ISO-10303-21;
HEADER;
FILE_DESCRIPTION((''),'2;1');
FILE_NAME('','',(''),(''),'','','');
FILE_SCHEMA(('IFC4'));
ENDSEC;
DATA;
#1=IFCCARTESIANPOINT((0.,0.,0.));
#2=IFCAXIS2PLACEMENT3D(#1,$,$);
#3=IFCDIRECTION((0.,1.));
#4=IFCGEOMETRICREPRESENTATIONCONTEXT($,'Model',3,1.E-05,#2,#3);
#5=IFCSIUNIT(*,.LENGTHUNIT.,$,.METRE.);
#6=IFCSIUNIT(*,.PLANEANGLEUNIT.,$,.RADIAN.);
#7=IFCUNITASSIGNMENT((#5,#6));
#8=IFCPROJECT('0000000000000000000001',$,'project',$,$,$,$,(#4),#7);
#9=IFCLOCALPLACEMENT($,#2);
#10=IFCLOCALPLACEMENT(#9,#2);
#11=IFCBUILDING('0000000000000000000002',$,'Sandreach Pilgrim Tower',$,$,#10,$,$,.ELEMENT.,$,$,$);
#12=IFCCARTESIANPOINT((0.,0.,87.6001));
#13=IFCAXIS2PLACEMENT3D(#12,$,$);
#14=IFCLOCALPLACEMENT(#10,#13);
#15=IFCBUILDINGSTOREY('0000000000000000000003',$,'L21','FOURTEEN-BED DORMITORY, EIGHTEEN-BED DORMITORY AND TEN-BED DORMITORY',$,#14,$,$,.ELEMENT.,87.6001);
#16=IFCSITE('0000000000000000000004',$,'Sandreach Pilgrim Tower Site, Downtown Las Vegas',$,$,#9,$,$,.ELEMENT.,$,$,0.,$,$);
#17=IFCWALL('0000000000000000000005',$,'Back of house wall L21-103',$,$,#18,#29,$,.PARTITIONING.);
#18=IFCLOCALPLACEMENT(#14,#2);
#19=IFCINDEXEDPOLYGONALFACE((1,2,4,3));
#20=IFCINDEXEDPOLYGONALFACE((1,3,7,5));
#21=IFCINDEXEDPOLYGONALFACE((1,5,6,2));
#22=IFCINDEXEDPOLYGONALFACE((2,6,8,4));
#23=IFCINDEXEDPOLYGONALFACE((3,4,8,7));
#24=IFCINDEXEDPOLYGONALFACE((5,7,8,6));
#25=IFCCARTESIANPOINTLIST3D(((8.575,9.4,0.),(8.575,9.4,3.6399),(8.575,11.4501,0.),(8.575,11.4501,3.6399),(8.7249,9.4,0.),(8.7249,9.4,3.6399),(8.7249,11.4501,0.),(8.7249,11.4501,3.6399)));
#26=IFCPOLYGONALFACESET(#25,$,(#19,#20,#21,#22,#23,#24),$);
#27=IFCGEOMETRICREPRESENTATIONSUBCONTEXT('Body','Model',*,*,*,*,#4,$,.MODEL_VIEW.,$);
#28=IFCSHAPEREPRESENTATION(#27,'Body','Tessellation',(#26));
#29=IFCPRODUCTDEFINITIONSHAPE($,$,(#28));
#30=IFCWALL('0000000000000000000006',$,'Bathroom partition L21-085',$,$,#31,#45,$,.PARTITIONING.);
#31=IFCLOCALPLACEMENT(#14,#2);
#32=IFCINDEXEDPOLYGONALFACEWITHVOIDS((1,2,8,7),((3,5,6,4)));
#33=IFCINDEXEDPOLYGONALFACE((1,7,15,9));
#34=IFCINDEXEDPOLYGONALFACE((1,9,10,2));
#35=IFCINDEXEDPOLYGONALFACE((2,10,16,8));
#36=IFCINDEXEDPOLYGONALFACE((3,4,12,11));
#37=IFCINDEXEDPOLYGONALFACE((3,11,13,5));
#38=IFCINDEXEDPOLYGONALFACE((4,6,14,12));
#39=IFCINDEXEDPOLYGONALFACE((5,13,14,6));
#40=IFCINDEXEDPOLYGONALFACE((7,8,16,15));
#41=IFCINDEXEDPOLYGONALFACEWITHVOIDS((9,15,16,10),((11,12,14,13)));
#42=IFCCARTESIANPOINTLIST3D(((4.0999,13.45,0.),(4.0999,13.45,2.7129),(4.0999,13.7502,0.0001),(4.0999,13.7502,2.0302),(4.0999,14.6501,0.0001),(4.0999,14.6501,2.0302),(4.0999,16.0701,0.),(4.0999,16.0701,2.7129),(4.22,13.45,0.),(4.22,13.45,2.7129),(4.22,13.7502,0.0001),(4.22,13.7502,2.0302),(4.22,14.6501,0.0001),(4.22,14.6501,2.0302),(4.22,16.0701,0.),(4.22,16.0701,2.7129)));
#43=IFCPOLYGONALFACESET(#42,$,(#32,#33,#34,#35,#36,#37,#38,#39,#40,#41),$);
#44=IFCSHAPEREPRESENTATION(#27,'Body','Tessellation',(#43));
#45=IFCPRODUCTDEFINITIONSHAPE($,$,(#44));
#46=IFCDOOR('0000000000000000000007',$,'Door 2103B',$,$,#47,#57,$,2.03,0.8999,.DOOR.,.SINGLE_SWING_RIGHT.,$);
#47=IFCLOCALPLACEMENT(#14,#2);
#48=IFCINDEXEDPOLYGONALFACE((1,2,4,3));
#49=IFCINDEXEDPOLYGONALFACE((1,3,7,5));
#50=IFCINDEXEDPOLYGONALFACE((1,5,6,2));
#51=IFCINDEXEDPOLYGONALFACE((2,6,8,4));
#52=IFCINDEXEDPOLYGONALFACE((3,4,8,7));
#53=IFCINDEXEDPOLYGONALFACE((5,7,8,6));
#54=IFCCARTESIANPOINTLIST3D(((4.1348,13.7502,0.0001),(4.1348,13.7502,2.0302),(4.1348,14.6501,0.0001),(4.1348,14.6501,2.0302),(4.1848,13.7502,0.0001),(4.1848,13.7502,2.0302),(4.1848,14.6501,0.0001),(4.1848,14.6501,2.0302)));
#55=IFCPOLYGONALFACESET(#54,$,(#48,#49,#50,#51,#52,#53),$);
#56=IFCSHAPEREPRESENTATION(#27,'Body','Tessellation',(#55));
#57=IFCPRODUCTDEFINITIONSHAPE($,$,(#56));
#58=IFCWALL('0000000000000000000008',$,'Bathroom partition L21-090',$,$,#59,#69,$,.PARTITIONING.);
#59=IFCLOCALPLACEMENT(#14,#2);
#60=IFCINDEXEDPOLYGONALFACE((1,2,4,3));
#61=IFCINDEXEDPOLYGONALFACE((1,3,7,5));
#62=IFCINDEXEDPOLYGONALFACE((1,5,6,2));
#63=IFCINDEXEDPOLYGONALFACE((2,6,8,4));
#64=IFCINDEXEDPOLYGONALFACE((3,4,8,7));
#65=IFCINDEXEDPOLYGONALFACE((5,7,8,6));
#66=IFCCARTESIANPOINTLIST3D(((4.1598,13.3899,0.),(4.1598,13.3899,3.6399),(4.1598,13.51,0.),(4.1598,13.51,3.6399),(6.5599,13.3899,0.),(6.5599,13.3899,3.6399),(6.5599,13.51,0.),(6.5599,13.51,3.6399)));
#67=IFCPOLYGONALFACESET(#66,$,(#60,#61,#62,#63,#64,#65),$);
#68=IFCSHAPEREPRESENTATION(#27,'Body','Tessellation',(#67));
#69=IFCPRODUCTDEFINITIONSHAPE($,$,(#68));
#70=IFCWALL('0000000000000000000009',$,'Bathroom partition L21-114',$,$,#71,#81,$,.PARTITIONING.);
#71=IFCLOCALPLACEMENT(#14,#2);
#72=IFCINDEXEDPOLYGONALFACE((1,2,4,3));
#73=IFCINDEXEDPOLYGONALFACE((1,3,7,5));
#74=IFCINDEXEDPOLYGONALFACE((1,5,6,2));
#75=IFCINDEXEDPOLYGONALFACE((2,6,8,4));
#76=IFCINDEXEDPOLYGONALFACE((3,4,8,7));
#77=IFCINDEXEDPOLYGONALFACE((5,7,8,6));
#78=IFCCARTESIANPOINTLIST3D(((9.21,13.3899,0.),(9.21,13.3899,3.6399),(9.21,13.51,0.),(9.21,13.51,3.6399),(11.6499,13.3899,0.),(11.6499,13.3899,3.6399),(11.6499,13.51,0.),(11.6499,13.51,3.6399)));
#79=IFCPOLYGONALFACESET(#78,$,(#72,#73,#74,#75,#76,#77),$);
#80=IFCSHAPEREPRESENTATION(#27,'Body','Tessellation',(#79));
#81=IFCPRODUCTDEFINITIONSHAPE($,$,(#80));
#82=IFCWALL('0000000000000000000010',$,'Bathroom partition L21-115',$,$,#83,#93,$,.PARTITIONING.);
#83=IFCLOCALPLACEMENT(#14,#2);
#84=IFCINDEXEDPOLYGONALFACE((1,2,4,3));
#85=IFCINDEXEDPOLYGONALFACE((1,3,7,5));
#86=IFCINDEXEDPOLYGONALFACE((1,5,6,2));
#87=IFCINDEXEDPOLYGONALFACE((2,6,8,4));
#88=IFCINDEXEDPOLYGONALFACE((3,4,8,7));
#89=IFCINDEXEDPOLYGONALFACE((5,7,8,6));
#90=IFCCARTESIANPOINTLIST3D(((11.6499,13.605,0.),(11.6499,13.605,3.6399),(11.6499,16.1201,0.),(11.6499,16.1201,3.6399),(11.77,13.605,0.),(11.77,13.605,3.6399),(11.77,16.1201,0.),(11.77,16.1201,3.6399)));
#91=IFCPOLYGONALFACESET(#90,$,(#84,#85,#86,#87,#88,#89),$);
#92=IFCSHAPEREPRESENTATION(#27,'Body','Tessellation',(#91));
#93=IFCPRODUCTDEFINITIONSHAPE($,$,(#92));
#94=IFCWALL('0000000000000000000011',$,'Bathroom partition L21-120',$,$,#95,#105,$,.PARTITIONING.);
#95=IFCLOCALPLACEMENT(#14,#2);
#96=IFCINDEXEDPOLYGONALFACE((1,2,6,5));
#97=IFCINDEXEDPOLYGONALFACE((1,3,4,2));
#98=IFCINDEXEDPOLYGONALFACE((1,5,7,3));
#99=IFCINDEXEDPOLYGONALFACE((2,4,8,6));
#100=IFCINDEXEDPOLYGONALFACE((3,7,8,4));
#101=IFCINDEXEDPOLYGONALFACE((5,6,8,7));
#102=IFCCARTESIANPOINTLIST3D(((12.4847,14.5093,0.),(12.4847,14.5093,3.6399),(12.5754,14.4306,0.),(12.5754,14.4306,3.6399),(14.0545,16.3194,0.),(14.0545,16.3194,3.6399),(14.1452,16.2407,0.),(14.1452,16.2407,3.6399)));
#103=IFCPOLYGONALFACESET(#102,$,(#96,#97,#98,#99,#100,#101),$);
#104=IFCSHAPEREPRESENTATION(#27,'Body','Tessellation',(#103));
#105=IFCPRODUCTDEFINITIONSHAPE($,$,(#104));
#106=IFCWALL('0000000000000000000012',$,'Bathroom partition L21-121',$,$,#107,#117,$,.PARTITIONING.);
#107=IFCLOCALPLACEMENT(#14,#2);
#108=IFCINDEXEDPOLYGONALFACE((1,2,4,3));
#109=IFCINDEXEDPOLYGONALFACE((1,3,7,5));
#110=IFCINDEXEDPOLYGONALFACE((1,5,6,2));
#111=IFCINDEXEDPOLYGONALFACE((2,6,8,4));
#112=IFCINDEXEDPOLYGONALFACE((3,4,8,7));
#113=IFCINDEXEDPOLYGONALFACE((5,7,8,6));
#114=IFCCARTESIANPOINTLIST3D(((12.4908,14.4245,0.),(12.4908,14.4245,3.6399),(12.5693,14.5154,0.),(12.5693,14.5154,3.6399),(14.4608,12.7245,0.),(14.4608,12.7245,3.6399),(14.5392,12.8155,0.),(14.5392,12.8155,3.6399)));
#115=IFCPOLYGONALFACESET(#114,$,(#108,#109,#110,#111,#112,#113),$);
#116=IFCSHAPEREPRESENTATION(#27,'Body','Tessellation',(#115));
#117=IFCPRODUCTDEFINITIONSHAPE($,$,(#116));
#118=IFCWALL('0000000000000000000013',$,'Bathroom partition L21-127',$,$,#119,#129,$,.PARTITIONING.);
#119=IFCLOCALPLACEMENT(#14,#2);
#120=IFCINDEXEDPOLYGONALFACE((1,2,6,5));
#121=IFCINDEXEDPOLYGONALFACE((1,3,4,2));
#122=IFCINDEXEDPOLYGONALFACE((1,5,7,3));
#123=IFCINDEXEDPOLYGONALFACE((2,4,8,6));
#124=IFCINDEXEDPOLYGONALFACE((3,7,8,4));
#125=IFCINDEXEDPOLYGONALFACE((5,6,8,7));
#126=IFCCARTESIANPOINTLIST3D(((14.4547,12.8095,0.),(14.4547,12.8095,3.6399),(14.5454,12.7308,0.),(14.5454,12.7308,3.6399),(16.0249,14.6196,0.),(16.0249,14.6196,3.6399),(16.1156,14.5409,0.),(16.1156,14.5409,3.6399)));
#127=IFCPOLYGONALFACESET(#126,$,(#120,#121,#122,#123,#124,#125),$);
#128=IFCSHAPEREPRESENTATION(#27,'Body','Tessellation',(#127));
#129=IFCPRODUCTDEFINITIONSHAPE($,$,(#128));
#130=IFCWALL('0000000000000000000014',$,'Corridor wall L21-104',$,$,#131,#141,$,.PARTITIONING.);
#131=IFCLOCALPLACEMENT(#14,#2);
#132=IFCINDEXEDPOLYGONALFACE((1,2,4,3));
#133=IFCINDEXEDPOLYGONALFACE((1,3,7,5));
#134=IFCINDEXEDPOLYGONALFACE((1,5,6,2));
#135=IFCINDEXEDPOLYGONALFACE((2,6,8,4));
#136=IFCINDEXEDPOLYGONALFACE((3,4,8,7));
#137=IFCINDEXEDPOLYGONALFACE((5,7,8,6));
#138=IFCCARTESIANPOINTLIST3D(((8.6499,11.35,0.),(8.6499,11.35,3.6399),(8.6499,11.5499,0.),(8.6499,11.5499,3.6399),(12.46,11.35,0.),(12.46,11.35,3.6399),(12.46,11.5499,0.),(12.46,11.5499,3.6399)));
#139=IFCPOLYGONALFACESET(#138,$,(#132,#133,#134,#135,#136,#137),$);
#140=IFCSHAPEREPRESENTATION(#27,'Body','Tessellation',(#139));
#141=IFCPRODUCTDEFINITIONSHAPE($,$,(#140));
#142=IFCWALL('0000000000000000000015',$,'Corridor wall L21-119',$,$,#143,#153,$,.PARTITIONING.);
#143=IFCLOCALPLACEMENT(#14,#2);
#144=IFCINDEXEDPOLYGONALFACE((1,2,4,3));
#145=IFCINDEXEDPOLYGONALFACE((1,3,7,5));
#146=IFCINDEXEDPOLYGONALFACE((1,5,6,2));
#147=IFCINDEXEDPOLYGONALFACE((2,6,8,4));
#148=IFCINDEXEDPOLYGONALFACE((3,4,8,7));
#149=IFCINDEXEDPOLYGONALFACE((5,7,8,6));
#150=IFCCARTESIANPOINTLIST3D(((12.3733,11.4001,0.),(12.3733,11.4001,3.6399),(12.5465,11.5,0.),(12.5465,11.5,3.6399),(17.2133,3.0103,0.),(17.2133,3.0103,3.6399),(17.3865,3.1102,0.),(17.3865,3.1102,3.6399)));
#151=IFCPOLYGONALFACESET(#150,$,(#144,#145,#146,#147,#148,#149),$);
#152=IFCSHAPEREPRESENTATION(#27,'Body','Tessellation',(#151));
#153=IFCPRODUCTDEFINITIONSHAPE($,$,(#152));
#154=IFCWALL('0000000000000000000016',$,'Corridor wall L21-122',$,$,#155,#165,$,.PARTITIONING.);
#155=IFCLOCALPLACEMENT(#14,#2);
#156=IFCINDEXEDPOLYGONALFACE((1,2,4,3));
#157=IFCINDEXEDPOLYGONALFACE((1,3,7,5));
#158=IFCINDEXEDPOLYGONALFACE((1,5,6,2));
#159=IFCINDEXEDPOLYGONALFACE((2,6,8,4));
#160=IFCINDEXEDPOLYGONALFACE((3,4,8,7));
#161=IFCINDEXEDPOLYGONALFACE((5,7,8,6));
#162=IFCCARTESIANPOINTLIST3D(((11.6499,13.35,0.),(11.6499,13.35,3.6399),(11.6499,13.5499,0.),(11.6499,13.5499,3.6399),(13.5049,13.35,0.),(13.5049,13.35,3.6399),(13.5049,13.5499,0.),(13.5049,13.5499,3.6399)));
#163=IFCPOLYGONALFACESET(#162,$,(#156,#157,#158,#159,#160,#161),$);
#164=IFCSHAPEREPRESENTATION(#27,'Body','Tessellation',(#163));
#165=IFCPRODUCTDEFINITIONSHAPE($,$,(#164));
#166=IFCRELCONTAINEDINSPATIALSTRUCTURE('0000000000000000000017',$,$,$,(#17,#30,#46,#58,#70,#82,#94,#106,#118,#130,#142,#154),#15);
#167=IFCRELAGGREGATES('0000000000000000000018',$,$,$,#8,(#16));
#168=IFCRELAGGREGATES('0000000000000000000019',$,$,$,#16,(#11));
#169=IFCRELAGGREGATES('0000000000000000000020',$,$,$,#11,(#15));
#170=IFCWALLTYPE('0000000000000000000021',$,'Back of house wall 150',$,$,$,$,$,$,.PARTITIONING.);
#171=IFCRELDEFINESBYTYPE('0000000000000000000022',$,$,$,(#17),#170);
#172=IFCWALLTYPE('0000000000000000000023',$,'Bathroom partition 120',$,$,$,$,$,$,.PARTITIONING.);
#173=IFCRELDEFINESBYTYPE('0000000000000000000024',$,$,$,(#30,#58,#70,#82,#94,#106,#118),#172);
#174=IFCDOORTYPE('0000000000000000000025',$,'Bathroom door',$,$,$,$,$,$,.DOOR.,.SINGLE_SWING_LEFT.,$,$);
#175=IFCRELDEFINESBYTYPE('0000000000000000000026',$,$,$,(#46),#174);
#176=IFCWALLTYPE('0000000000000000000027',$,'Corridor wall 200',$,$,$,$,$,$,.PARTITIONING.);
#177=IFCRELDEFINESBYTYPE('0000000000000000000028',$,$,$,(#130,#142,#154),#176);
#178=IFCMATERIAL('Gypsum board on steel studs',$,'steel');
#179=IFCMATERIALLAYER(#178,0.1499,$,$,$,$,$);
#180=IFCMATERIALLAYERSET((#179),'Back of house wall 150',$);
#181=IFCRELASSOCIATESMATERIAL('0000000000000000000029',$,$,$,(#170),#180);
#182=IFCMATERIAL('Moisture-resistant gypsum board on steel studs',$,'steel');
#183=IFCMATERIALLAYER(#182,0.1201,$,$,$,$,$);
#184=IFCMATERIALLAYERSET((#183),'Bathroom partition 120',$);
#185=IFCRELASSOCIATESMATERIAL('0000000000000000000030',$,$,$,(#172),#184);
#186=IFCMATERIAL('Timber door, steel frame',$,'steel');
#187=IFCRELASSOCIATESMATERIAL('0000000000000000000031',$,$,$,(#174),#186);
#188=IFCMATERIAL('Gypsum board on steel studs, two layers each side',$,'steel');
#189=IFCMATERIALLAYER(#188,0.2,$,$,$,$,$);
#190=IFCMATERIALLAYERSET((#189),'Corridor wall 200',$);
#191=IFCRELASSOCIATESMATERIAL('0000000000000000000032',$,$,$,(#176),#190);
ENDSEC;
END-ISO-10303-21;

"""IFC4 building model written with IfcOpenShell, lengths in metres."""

from ifc_helpers import new_model, si_unit, direction, frame, frame_2d, origin, place, context, subcontext, project, spatial, rectangle, extrude, material, layer, layer_set, type_object, element, fill, save


model = new_model("IFC4")

# Units and contexts
model_context = context("Model", 3, precision=1e-05, world=origin(), true_north=direction((0.0, 1.0)))
body_context = subcontext(model_context, "Body", "Model", "MODEL_VIEW")
ifc_project = project(units=[si_unit("LENGTHUNIT", "METRE"), si_unit("PLANEANGLEUNIT", "RADIAN")], contexts=[model_context])

# Site, building, storey
site_placement = place(None, origin())
site = spatial("IfcSite", under=ifc_project, at=site_placement, Name="Sandreach Pilgrim Tower Site, Downtown Las Vegas", CompositionType="ELEMENT", RefElevation=0.0)
building_placement = place(site_placement, origin())
building = spatial("IfcBuilding", under=site, at=building_placement, Name="Sandreach Pilgrim Tower", CompositionType="ELEMENT")
storey_placement = place(building_placement, frame((0.0, 0.0, 87.6001)))
storey = spatial("IfcBuildingStorey", under=building, at=storey_placement, Name="L21", Description="FOURTEEN-BED DORMITORY, EIGHTEEN-BED DORMITORY AND TEN-BED DORMITORY", CompositionType="ELEMENT", Elevation=87.6001)

# Wall
ifc_material_1 = material(Name="Gypsum board on steel studs", Category="steel")
ifc_layer_1 = layer(ifc_material_1, 0.1499)
ifc_layer_set_1 = layer_set([ifc_layer_1], Name="Back of house wall 150")
wall_type_1 = type_object("IfcWallType", Name="Back of house wall 150", PredefinedType="PARTITIONING", material=ifc_layer_set_1)
wall_1_placement = place(storey_placement, frame((8.6499, 11.45, 0.0), z_axis=(0.0, 0.0, 1.0), x_axis=(0.0, -1.0, 0.0)))
element("IfcWall", 1, at=wall_1_placement, inside=storey, type_object=wall_type_1, Name="Back of house wall L21-103", PredefinedType="PARTITIONING", context=body_context, shape_type="SweptSolid", body=[
    extrude(rectangle(XDim=2.05, YDim=0.1499, at=frame_2d((1.0249, 0.0))), origin(), (0.0, 0.0, 1.0), 3.6399),
])

# Wall, opening, door
ifc_material_2 = material(Name="Moisture-resistant gypsum board on steel studs", Category="steel")
ifc_layer_2 = layer(ifc_material_2, 0.1201)
ifc_layer_set_2 = layer_set([ifc_layer_2], Name="Bathroom partition 120")
wall_type_2 = type_object("IfcWallType", Name="Bathroom partition 120", PredefinedType="PARTITIONING", material=ifc_layer_set_2)
wall_2_placement = place(storey_placement, frame((4.1599, 16.0701, 0.0), z_axis=(0.0, 0.0, 1.0), x_axis=(0.0, -1.0, 0.0)))
wall_2 = element("IfcWall", 2, at=wall_2_placement, inside=storey, type_object=wall_type_2, Name="Bathroom partition L21-085", PredefinedType="PARTITIONING", context=body_context, shape_type="SweptSolid", body=[
    extrude(rectangle(XDim=2.6201, YDim=0.1201, at=frame_2d((1.3101, 0.0))), origin(), (0.0, 0.0, 1.0), 2.7129),
])
opening_1_placement = place(wall_2_placement, frame((1.4199, 0.0, 0.0)))
opening_1 = element("IfcOpeningElement", 3, at=opening_1_placement, cuts=wall_2, PredefinedType="OPENING", context=body_context, shape_type="SweptSolid", body=[
    extrude(rectangle(XDim=0.8999, YDim=2.03, at=frame_2d((0.45, 1.0151))), frame((0.0, 0.0601, 0.0), z_axis=(0.0, -1.0, 0.0), x_axis=(1.0, 0.0, 0.0)), (0.0, 0.0, 1.0), 0.1201),
])
ifc_material_3 = material(Name="Timber door, steel frame", Category="steel")
door_type_1 = type_object("IfcDoorType", Name="Bathroom door", OperationType="SINGLE_SWING_LEFT", PredefinedType="DOOR", material=ifc_material_3)
door_1_placement = place(opening_1_placement, origin())
door_1 = element("IfcDoor", 4, at=door_1_placement, inside=storey, type_object=door_type_1, Name="Door 2103B", OperationType="SINGLE_SWING_RIGHT", OverallHeight=2.03, OverallWidth=0.8999, PredefinedType="DOOR", context=body_context, shape_type="SweptSolid", body=[
    extrude(rectangle(XDim=0.8999, YDim=2.03, at=frame_2d((0.45, 1.0151))), frame((0.0, 0.0249, 0.0), z_axis=(0.0, -1.0, 0.0), x_axis=(1.0, 0.0, 0.0)), (0.0, 0.0, 1.0), 0.05),
])
fill(opening_1, door_1)

# Walls
wall_3_placement = place(storey_placement, frame((6.5601, 13.45, 0.0), z_axis=(0.0, 0.0, 1.0), x_axis=(-1.0, 0.0, 0.0)))
element("IfcWall", 5, at=wall_3_placement, inside=storey, type_object=wall_type_2, Name="Bathroom partition L21-090", PredefinedType="PARTITIONING", context=body_context, shape_type="SweptSolid", body=[
    extrude(rectangle(XDim=2.4001, YDim=0.1201, at=frame_2d((1.2002, 0.0))), origin(), (0.0, 0.0, 1.0), 3.6399),
])
wall_4_placement = place(storey_placement, frame((11.6499, 13.45, 0.0), z_axis=(0.0, 0.0, 1.0), x_axis=(-1.0, 0.0, 0.0)))
element("IfcWall", 6, at=wall_4_placement, inside=storey, type_object=wall_type_2, Name="Bathroom partition L21-114", PredefinedType="PARTITIONING", context=body_context, shape_type="SweptSolid", body=[
    extrude(rectangle(XDim=2.4399, YDim=0.1201, at=frame_2d((1.22, 0.0))), origin(), (0.0, 0.0, 1.0), 3.6399),
])
wall_5_placement = place(storey_placement, frame((11.71, 13.605, 0.0), z_axis=(0.0, 0.0, 1.0), x_axis=(0.0, 1.0, 0.0)))
element("IfcWall", 7, at=wall_5_placement, inside=storey, type_object=wall_type_2, Name="Bathroom partition L21-115", PredefinedType="PARTITIONING", context=body_context, shape_type="SweptSolid", body=[
    extrude(rectangle(XDim=2.5151, YDim=0.1201, at=frame_2d((1.2576, 0.0))), origin(), (0.0, 0.0, 1.0), 3.6399),
])
wall_6_placement = place(storey_placement, frame((12.53, 14.47, 0.0), z_axis=(0.0, 0.0, 1.0), x_axis=(0.655194, 0.75546, 0.0)))
element("IfcWall", 8, at=wall_6_placement, inside=storey, type_object=wall_type_2, Name="Bathroom partition L21-120", PredefinedType="PARTITIONING", context=body_context, shape_type="SweptSolid", body=[
    extrude(rectangle(XDim=2.396, YDim=0.1201, at=frame_2d((1.198, 0.0))), origin(), (0.0, 0.0, 1.0), 3.6399),
])
wall_7_placement = place(storey_placement, frame((12.53, 14.47, 0.0), z_axis=(0.0, 0.0, 1.0), x_axis=(0.757087, -0.653314, 0.0)))
element("IfcWall", 9, at=wall_7_placement, inside=storey, type_object=wall_type_2, Name="Bathroom partition L21-121", PredefinedType="PARTITIONING", context=body_context, shape_type="SweptSolid", body=[
    extrude(rectangle(XDim=2.6021, YDim=0.1201, at=frame_2d((1.301, 0.0))), origin(), (0.0, 0.0, 1.0), 3.6399),
])
wall_8_placement = place(storey_placement, frame((14.5, 12.77, 0.0), z_axis=(0.0, 0.0, 1.0), x_axis=(0.655252, 0.75541, 0.0)))
element("IfcWall", 10, at=wall_8_placement, inside=storey, type_object=wall_type_2, Name="Bathroom partition L21-127", PredefinedType="PARTITIONING", context=body_context, shape_type="SweptSolid", body=[
    extrude(rectangle(XDim=2.3962, YDim=0.1201, at=frame_2d((1.1982, 0.0))), origin(), (0.0, 0.0, 1.0), 3.6399),
])

# Shared definitions
ifc_material_4 = material(Name="Gypsum board on steel studs, two layers each side", Category="steel")
ifc_layer_3 = layer(ifc_material_4, 0.2)
ifc_layer_set_3 = layer_set([ifc_layer_3], Name="Corridor wall 200")
wall_type_3 = type_object("IfcWallType", Name="Corridor wall 200", PredefinedType="PARTITIONING", material=ifc_layer_set_3)

# Wall
wall_9_placement = place(storey_placement, frame((8.6499, 11.45, 0.0), z_axis=(0.0, 0.0, 1.0), x_axis=(1.0, 0.0, 0.0)))
element("IfcWall", 11, at=wall_9_placement, inside=storey, type_object=wall_type_3, Name="Corridor wall L21-104", PredefinedType="PARTITIONING", context=body_context, shape_type="SweptSolid", body=[
    extrude(rectangle(XDim=3.8101, YDim=0.2, at=frame_2d((1.905, 0.0))), origin(), (0.0, 0.0, 1.0), 3.6399),
])

# Walls
wall_10_placement = place(storey_placement, frame((12.46, 11.45, 0.0), z_axis=(0.0, 0.0, 1.0), x_axis=(0.499704, -0.866196, 0.0)))
element("IfcWall", 12, at=wall_10_placement, inside=storey, type_object=wall_type_3, Name="Corridor wall L21-119", PredefinedType="PARTITIONING", context=body_context, shape_type="SweptSolid", body=[
    extrude(rectangle(XDim=9.6858, YDim=0.2, at=frame_2d((4.8428, 0.0))), origin(), (0.0, 0.0, 1.0), 3.6399),
])
wall_11_placement = place(storey_placement, frame((13.5049, 13.45, 0.0), z_axis=(0.0, 0.0, 1.0), x_axis=(-1.0, 0.0, 0.0)))
element("IfcWall", 13, at=wall_11_placement, inside=storey, type_object=wall_type_3, Name="Corridor wall L21-122", PredefinedType="PARTITIONING", context=body_context, shape_type="SweptSolid", body=[
    extrude(rectangle(XDim=1.855, YDim=0.2, at=frame_2d((0.9275, 0.0))), origin(), (0.0, 0.0, 1.0), 3.6399),
])

save(model, "model.ifc")
